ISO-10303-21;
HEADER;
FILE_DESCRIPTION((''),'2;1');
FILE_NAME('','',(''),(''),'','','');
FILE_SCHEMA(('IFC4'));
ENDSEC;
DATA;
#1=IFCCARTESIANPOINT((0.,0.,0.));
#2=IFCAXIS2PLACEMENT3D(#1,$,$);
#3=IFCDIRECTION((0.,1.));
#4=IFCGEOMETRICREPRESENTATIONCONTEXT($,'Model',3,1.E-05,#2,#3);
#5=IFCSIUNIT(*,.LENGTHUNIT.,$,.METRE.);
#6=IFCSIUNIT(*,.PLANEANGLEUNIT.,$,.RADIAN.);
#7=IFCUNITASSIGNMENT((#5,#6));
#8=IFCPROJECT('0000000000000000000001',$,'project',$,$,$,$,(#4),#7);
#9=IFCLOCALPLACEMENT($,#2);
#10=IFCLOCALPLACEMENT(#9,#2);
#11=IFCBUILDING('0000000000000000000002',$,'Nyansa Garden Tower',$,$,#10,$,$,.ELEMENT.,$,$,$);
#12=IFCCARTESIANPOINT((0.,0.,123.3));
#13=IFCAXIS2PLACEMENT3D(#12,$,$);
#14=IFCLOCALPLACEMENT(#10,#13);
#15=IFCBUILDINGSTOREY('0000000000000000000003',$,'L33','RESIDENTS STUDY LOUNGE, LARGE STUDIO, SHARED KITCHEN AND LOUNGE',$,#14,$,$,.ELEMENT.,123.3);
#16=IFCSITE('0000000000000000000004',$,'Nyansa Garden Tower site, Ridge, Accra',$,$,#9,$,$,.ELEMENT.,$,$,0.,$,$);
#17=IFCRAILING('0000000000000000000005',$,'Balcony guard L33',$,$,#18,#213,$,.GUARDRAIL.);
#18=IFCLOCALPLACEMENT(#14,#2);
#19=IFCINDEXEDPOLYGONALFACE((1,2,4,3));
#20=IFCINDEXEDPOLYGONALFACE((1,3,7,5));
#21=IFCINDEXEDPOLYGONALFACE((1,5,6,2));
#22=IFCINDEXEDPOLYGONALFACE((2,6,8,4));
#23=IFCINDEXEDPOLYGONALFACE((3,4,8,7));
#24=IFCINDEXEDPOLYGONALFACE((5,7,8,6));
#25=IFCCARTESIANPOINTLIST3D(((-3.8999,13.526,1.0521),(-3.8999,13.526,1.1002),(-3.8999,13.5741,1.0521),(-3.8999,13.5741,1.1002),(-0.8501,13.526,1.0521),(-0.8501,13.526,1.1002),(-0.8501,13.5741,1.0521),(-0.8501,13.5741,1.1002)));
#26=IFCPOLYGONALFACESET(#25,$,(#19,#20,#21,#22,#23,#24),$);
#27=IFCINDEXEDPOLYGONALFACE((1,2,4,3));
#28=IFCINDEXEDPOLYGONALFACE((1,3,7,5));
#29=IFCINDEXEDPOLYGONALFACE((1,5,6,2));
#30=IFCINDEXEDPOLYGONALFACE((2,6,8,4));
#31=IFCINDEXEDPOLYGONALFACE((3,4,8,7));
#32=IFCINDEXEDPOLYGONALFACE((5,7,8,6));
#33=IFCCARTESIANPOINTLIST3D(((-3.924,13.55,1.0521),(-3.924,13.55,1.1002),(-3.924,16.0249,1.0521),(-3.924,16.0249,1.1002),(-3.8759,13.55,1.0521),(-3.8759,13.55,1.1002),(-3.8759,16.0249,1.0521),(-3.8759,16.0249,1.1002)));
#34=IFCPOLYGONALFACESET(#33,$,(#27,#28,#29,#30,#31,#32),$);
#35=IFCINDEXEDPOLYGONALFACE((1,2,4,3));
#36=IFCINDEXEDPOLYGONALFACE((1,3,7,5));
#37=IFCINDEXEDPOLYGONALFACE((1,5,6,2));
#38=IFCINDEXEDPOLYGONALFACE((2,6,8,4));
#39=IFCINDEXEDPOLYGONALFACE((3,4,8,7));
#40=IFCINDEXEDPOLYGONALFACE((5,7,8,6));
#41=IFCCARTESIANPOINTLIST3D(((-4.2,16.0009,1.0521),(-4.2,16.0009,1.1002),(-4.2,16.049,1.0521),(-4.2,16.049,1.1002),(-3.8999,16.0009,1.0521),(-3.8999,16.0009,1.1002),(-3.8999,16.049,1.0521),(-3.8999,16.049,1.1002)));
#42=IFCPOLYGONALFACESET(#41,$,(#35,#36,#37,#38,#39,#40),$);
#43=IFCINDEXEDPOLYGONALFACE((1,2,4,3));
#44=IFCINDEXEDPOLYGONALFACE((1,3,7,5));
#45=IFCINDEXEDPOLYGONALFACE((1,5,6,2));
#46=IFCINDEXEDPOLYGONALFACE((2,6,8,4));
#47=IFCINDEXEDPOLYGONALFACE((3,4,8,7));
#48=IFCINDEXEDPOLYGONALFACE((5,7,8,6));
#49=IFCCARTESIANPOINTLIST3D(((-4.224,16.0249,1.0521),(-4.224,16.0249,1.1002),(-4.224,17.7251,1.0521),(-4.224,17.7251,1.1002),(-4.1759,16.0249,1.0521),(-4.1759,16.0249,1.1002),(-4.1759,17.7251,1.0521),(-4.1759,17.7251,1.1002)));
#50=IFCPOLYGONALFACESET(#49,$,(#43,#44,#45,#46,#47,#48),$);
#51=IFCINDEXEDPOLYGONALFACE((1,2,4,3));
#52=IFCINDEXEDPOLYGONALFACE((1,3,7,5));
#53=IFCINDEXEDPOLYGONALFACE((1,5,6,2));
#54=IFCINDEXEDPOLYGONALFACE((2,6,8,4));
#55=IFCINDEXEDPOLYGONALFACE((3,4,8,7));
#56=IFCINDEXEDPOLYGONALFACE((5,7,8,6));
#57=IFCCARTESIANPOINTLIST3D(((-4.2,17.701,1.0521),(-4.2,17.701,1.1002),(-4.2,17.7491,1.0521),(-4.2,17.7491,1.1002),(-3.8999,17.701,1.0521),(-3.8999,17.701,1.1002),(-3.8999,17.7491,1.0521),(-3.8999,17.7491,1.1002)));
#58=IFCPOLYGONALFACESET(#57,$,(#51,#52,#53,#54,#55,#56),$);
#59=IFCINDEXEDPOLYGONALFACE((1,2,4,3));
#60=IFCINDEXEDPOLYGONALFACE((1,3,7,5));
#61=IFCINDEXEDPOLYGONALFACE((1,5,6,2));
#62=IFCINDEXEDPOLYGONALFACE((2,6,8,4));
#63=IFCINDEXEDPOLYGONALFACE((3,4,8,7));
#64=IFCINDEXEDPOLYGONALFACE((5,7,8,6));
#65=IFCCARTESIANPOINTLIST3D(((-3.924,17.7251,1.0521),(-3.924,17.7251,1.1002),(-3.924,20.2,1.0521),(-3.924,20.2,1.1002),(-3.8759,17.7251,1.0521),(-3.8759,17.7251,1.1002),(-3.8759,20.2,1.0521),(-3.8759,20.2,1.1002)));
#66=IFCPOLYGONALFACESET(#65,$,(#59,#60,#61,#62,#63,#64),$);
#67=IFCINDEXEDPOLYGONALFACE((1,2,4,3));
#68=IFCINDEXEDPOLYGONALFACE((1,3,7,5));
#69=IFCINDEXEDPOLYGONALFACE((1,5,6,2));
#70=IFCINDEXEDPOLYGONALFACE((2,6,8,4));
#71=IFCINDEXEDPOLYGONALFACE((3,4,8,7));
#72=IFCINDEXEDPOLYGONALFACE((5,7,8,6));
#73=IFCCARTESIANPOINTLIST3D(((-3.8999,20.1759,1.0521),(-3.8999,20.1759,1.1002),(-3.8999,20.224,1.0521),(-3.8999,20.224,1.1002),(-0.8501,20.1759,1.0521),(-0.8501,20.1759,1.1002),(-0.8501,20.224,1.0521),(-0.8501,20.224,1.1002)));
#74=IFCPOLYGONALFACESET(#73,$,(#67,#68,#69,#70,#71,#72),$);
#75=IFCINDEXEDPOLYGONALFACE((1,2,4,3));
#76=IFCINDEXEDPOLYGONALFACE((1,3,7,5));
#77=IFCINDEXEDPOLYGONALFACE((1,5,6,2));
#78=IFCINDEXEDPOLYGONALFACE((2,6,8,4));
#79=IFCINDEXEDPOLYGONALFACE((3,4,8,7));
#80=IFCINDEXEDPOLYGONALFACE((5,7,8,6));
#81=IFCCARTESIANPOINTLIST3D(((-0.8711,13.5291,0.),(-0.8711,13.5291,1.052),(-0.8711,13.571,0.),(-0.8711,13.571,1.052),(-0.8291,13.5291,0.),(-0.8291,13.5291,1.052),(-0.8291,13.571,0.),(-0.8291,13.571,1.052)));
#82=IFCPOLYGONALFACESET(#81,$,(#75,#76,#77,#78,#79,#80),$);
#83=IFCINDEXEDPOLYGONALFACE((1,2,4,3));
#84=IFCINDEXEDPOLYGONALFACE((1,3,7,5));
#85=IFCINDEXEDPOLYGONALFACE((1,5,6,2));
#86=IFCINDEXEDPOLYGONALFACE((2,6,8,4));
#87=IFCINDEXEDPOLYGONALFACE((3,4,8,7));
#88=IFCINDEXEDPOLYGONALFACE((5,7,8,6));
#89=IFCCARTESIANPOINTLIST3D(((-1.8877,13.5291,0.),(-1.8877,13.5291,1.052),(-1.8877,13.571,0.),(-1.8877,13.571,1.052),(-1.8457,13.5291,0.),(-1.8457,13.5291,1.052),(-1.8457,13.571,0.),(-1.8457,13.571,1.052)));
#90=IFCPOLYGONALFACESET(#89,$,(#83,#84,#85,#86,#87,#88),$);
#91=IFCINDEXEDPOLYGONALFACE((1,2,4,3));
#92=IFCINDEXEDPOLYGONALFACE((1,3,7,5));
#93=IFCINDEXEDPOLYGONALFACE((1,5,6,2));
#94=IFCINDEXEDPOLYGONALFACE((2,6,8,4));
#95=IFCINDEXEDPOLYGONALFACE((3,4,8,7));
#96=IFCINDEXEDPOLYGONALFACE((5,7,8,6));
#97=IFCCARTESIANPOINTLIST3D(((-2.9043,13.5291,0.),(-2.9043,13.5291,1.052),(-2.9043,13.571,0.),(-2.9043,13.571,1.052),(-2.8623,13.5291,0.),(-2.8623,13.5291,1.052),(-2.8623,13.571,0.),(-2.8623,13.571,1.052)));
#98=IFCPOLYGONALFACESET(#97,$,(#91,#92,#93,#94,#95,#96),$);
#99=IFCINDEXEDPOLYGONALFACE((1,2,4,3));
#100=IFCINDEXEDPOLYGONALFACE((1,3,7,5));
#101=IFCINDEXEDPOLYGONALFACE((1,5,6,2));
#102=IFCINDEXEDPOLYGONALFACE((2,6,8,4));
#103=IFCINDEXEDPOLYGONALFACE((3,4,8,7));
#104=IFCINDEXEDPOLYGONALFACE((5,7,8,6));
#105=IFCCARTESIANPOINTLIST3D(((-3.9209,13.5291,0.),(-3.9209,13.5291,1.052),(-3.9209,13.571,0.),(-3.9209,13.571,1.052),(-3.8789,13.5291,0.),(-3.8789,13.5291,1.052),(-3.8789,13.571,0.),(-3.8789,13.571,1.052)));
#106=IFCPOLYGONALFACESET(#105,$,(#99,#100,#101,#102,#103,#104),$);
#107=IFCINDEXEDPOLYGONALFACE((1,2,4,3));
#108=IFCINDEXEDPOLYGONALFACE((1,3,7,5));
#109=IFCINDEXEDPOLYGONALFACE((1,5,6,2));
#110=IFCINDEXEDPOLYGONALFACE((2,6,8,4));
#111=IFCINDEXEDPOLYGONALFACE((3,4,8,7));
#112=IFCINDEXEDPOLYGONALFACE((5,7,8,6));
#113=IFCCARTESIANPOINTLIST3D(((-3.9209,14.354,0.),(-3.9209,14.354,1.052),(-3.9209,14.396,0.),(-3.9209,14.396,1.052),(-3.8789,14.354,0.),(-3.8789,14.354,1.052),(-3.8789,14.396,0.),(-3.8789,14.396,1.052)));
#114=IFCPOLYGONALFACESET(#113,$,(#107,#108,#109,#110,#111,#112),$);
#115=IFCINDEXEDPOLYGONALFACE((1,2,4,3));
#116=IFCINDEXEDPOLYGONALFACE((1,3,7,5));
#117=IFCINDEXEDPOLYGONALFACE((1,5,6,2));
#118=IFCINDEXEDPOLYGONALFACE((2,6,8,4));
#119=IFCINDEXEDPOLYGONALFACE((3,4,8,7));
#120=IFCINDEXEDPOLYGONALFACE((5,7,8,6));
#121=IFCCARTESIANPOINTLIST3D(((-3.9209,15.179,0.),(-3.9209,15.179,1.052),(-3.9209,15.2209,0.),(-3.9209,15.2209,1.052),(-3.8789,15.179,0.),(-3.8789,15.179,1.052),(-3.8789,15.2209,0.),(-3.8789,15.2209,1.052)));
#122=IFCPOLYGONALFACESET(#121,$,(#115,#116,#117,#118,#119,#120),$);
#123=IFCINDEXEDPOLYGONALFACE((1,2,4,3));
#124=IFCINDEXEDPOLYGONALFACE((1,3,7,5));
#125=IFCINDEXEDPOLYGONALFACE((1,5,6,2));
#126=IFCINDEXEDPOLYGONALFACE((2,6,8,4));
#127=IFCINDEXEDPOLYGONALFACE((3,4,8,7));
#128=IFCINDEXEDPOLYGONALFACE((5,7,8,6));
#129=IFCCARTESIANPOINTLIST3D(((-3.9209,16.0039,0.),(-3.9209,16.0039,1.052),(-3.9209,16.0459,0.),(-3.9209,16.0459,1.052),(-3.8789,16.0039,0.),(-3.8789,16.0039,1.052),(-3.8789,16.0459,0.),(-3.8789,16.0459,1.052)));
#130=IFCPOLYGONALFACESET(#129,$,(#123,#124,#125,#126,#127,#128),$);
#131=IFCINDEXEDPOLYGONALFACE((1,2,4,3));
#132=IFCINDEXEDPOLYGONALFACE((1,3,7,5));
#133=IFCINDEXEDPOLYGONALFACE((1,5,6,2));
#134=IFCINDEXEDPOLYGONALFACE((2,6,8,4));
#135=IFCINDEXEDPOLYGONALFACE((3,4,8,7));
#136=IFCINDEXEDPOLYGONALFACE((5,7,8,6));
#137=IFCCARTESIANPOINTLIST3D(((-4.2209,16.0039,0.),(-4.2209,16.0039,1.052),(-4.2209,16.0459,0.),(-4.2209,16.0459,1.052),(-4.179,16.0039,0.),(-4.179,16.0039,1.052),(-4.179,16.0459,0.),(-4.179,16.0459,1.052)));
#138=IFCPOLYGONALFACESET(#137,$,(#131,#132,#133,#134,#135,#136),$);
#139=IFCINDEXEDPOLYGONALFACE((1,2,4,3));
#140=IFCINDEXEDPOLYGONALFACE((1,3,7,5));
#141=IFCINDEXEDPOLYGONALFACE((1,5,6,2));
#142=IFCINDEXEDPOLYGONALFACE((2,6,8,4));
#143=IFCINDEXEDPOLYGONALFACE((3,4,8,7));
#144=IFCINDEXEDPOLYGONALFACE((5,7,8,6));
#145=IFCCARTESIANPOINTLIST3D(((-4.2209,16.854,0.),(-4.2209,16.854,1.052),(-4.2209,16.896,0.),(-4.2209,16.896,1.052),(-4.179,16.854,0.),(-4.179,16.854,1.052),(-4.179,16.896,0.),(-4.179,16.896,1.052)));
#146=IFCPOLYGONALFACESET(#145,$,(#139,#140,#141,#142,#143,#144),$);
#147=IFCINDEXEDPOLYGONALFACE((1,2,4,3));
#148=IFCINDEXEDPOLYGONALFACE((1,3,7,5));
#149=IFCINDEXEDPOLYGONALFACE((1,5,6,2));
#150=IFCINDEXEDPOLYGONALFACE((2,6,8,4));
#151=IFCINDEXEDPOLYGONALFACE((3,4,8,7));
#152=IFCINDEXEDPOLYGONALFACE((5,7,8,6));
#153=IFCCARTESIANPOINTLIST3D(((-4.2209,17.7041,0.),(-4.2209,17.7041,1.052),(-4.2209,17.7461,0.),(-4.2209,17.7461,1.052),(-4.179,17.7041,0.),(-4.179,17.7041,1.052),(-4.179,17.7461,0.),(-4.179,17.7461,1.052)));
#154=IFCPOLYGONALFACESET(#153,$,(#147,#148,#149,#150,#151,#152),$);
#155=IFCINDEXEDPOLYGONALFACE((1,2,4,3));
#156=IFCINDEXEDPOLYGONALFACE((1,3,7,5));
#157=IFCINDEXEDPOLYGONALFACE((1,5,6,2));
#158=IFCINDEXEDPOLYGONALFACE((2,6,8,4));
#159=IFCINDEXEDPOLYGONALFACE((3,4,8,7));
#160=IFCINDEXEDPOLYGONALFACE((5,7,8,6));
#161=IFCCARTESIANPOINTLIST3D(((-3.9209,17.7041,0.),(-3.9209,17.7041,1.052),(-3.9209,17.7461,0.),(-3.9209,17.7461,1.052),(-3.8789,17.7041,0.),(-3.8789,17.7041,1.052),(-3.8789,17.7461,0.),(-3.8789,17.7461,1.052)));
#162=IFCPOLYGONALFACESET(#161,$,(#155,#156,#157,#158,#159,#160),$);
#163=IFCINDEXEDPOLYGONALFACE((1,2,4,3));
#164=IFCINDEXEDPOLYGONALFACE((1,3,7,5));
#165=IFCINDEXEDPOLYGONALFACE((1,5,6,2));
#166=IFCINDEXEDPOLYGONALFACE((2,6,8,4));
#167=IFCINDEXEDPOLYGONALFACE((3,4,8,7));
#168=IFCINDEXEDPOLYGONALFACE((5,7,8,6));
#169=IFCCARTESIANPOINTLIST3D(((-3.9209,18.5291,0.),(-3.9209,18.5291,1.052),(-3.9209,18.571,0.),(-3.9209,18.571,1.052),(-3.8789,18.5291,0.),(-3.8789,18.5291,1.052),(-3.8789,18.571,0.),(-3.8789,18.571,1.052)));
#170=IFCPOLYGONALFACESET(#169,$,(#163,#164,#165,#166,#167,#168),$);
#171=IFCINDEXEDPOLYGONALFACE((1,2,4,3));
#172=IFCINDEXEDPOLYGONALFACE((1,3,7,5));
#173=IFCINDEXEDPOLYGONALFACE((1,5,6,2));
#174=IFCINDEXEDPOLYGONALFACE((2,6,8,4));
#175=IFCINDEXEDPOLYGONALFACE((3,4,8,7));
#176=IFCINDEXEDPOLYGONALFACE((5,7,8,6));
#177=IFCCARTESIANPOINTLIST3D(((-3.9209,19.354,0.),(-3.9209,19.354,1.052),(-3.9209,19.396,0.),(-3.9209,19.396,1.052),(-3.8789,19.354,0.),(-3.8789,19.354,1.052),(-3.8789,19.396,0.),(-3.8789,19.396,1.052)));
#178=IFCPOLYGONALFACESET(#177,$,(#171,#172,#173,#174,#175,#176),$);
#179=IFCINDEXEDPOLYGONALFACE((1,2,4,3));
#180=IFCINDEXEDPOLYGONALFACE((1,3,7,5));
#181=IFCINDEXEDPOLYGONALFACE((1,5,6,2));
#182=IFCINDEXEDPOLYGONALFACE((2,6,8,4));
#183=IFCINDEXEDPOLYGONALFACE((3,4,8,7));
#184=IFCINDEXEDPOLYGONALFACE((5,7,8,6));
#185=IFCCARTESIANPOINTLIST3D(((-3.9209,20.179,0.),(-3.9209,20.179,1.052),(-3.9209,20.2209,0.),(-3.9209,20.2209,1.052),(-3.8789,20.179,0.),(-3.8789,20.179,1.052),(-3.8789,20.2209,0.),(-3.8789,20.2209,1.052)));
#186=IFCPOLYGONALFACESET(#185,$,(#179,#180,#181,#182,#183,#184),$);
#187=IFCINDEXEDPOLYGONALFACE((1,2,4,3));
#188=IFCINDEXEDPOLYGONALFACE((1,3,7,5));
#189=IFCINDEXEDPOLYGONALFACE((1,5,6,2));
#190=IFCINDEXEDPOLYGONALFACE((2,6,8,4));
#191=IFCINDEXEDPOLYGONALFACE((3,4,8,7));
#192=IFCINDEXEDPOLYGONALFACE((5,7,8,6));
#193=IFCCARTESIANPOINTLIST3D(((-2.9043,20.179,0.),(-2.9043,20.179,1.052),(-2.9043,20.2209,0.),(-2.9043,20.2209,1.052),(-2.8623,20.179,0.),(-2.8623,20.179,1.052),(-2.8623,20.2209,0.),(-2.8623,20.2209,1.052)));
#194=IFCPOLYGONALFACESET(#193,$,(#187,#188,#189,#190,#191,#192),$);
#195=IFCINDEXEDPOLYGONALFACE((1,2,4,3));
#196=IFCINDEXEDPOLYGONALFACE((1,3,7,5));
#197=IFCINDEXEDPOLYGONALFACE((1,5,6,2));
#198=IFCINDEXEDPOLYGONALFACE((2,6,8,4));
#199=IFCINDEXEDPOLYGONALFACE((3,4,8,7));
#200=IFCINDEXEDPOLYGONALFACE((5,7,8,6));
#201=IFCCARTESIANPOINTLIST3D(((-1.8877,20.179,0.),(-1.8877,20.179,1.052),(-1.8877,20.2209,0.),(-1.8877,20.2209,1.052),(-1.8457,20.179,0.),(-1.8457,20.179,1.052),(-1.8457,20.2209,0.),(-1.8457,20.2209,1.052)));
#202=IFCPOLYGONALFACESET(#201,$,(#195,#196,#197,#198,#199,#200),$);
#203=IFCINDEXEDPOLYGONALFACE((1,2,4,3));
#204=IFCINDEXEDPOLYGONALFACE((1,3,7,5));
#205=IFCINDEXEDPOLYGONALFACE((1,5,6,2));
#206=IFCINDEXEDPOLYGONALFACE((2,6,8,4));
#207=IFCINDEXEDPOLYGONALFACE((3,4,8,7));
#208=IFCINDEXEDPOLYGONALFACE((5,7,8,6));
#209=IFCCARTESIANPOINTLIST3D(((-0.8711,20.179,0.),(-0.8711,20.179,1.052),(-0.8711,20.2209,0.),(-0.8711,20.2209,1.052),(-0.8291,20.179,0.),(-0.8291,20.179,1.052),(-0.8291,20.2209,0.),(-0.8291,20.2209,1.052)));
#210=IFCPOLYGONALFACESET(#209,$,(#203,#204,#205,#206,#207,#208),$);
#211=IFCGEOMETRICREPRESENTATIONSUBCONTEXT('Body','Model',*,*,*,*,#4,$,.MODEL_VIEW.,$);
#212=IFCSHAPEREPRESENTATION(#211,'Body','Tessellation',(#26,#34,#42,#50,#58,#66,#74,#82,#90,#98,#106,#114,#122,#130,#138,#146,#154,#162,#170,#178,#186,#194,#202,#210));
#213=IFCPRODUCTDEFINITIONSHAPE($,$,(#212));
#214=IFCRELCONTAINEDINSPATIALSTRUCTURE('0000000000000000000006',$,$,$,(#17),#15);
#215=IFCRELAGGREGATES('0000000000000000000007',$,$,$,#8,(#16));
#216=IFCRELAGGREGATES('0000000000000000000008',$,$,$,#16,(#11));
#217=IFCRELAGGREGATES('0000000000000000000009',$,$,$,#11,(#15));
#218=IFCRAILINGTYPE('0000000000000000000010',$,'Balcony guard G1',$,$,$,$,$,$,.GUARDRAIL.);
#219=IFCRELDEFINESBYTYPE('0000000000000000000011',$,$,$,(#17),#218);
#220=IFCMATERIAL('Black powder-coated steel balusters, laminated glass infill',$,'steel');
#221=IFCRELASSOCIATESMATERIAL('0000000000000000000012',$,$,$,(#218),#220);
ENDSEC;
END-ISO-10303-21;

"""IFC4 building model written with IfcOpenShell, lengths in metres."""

from ifc_helpers import new_model, si_unit, direction, frame, origin, origin_2d, place, context, subcontext, project, spatial, rectangle, extrude, material, type_object, element, save


model = new_model("IFC4")

# Units and contexts
model_context = context("Model", 3, precision=1e-05, world=origin(), true_north=direction((0.0, 1.0)))
body_context = subcontext(model_context, "Body", "Model", "MODEL_VIEW")
ifc_project = project(units=[si_unit("LENGTHUNIT", "METRE"), si_unit("PLANEANGLEUNIT", "RADIAN")], contexts=[model_context])

# Site, building, storey
site_placement = place(None, origin())
site = spatial("IfcSite", under=ifc_project, at=site_placement, Name="Nyansa Garden Tower site, Ridge, Accra", CompositionType="ELEMENT", RefElevation=0.0)
building_placement = place(site_placement, origin())
building = spatial("IfcBuilding", under=site, at=building_placement, Name="Nyansa Garden Tower", CompositionType="ELEMENT")
storey_placement = place(building_placement, frame((0.0, 0.0, 123.3)))
storey = spatial("IfcBuildingStorey", under=building, at=storey_placement, Name="L33", Description="RESIDENTS STUDY LOUNGE, LARGE STUDIO, SHARED KITCHEN AND LOUNGE", CompositionType="ELEMENT", Elevation=123.3)

# Railing
ifc_material_1 = material(Name="Black powder-coated steel balusters, laminated glass infill", Category="steel")
railing_type = type_object("IfcRailingType", Name="Balcony guard G1", PredefinedType="GUARDRAIL", material=ifc_material_1)
railing_placement = place(storey_placement, frame((-0.8501, 13.55, 0.0)))
element("IfcRailing", 1, at=railing_placement, inside=storey, type_object=railing_type, Name="Balcony guard L33", PredefinedType="GUARDRAIL", context=body_context, shape_type="SweptSolid", body=[
    extrude(rectangle(XDim=0.0481, YDim=0.0481, at=origin_2d()), frame((0.0, 0.0, 1.0762), z_axis=(-1.0, 0.0, 0.0), x_axis=(0.0, -1.0, 0.0)), (0.0, 0.0, 1.0), 3.0498),
    extrude(rectangle(XDim=0.0481, YDim=0.0481, at=origin_2d()), frame((-3.0498, 0.0, 1.0762), z_axis=(0.0, 1.0, 0.0), x_axis=(-1.0, 0.0, 0.0)), (0.0, 0.0, 1.0), 2.4749),
    extrude(rectangle(XDim=0.0481, YDim=0.0481, at=origin_2d()), frame((-3.0498, 2.4749, 1.0762), z_axis=(-1.0, 0.0, 0.0), x_axis=(0.0, -1.0, 0.0)), (0.0, 0.0, 1.0), 0.3),
    extrude(rectangle(XDim=0.0481, YDim=0.0481, at=origin_2d()), frame((-3.3499, 2.4749, 1.0762), z_axis=(0.0, 1.0, 0.0), x_axis=(-1.0, 0.0, 0.0)), (0.0, 0.0, 1.0), 1.7002),
    extrude(rectangle(XDim=0.0481, YDim=0.0481, at=origin_2d()), frame((-3.3499, 4.175, 1.0762), z_axis=(1.0, 0.0, 0.0), x_axis=(0.0, 1.0, 0.0)), (0.0, 0.0, 1.0), 0.3),
    extrude(rectangle(XDim=0.0481, YDim=0.0481, at=origin_2d()), frame((-3.0498, 4.175, 1.0762), z_axis=(0.0, 1.0, 0.0), x_axis=(-1.0, 0.0, 0.0)), (0.0, 0.0, 1.0), 2.4749),
    extrude(rectangle(XDim=0.0481, YDim=0.0481, at=origin_2d()), frame((-3.0498, 6.6499, 1.0762), z_axis=(1.0, 0.0, 0.0), x_axis=(0.0, 1.0, 0.0)), (0.0, 0.0, 1.0), 3.0498),
    extrude(rectangle(XDim=0.042, YDim=0.042, at=origin_2d()), origin(), (0.0, 0.0, 1.0), 1.052),
    extrude(rectangle(XDim=0.042, YDim=0.042, at=origin_2d()), frame((-1.0166, 0.0, 0.0)), (0.0, 0.0, 1.0), 1.052),
    extrude(rectangle(XDim=0.042, YDim=0.042, at=origin_2d()), frame((-2.0332, 0.0, 0.0)), (0.0, 0.0, 1.0), 1.052),
    extrude(rectangle(XDim=0.042, YDim=0.042, at=origin_2d()), frame((-3.0498, 0.0, 0.0)), (0.0, 0.0, 1.0), 1.052),
    extrude(rectangle(XDim=0.042, YDim=0.042, at=origin_2d()), frame((-3.0498, 0.825, 0.0)), (0.0, 0.0, 1.0), 1.052),
    extrude(rectangle(XDim=0.042, YDim=0.042, at=origin_2d()), frame((-3.0498, 1.6499, 0.0)), (0.0, 0.0, 1.0), 1.052),
    extrude(rectangle(XDim=0.042, YDim=0.042, at=origin_2d()), frame((-3.0498, 2.4749, 0.0)), (0.0, 0.0, 1.0), 1.052),
    extrude(rectangle(XDim=0.042, YDim=0.042, at=origin_2d()), frame((-3.3499, 2.4749, 0.0)), (0.0, 0.0, 1.0), 1.052),
    extrude(rectangle(XDim=0.042, YDim=0.042, at=origin_2d()), frame((-3.3499, 3.325, 0.0)), (0.0, 0.0, 1.0), 1.052),
    extrude(rectangle(XDim=0.042, YDim=0.042, at=origin_2d()), frame((-3.3499, 4.175, 0.0)), (0.0, 0.0, 1.0), 1.052),
    extrude(rectangle(XDim=0.042, YDim=0.042, at=origin_2d()), frame((-3.0498, 4.175, 0.0)), (0.0, 0.0, 1.0), 1.052),
    extrude(rectangle(XDim=0.042, YDim=0.042, at=origin_2d()), frame((-3.0498, 5.0, 0.0)), (0.0, 0.0, 1.0), 1.052),
    extrude(rectangle(XDim=0.042, YDim=0.042, at=origin_2d()), frame((-3.0498, 5.825, 0.0)), (0.0, 0.0, 1.0), 1.052),
    extrude(rectangle(XDim=0.042, YDim=0.042, at=origin_2d()), frame((-3.0498, 6.6499, 0.0)), (0.0, 0.0, 1.0), 1.052),
    extrude(rectangle(XDim=0.042, YDim=0.042, at=origin_2d()), frame((-2.0332, 6.6499, 0.0)), (0.0, 0.0, 1.0), 1.052),
    extrude(rectangle(XDim=0.042, YDim=0.042, at=origin_2d()), frame((-1.0166, 6.6499, 0.0)), (0.0, 0.0, 1.0), 1.052),
    extrude(rectangle(XDim=0.042, YDim=0.042, at=origin_2d()), frame((0.0, 6.6499, 0.0)), (0.0, 0.0, 1.0), 1.052),
])

save(model, "model.ifc")
